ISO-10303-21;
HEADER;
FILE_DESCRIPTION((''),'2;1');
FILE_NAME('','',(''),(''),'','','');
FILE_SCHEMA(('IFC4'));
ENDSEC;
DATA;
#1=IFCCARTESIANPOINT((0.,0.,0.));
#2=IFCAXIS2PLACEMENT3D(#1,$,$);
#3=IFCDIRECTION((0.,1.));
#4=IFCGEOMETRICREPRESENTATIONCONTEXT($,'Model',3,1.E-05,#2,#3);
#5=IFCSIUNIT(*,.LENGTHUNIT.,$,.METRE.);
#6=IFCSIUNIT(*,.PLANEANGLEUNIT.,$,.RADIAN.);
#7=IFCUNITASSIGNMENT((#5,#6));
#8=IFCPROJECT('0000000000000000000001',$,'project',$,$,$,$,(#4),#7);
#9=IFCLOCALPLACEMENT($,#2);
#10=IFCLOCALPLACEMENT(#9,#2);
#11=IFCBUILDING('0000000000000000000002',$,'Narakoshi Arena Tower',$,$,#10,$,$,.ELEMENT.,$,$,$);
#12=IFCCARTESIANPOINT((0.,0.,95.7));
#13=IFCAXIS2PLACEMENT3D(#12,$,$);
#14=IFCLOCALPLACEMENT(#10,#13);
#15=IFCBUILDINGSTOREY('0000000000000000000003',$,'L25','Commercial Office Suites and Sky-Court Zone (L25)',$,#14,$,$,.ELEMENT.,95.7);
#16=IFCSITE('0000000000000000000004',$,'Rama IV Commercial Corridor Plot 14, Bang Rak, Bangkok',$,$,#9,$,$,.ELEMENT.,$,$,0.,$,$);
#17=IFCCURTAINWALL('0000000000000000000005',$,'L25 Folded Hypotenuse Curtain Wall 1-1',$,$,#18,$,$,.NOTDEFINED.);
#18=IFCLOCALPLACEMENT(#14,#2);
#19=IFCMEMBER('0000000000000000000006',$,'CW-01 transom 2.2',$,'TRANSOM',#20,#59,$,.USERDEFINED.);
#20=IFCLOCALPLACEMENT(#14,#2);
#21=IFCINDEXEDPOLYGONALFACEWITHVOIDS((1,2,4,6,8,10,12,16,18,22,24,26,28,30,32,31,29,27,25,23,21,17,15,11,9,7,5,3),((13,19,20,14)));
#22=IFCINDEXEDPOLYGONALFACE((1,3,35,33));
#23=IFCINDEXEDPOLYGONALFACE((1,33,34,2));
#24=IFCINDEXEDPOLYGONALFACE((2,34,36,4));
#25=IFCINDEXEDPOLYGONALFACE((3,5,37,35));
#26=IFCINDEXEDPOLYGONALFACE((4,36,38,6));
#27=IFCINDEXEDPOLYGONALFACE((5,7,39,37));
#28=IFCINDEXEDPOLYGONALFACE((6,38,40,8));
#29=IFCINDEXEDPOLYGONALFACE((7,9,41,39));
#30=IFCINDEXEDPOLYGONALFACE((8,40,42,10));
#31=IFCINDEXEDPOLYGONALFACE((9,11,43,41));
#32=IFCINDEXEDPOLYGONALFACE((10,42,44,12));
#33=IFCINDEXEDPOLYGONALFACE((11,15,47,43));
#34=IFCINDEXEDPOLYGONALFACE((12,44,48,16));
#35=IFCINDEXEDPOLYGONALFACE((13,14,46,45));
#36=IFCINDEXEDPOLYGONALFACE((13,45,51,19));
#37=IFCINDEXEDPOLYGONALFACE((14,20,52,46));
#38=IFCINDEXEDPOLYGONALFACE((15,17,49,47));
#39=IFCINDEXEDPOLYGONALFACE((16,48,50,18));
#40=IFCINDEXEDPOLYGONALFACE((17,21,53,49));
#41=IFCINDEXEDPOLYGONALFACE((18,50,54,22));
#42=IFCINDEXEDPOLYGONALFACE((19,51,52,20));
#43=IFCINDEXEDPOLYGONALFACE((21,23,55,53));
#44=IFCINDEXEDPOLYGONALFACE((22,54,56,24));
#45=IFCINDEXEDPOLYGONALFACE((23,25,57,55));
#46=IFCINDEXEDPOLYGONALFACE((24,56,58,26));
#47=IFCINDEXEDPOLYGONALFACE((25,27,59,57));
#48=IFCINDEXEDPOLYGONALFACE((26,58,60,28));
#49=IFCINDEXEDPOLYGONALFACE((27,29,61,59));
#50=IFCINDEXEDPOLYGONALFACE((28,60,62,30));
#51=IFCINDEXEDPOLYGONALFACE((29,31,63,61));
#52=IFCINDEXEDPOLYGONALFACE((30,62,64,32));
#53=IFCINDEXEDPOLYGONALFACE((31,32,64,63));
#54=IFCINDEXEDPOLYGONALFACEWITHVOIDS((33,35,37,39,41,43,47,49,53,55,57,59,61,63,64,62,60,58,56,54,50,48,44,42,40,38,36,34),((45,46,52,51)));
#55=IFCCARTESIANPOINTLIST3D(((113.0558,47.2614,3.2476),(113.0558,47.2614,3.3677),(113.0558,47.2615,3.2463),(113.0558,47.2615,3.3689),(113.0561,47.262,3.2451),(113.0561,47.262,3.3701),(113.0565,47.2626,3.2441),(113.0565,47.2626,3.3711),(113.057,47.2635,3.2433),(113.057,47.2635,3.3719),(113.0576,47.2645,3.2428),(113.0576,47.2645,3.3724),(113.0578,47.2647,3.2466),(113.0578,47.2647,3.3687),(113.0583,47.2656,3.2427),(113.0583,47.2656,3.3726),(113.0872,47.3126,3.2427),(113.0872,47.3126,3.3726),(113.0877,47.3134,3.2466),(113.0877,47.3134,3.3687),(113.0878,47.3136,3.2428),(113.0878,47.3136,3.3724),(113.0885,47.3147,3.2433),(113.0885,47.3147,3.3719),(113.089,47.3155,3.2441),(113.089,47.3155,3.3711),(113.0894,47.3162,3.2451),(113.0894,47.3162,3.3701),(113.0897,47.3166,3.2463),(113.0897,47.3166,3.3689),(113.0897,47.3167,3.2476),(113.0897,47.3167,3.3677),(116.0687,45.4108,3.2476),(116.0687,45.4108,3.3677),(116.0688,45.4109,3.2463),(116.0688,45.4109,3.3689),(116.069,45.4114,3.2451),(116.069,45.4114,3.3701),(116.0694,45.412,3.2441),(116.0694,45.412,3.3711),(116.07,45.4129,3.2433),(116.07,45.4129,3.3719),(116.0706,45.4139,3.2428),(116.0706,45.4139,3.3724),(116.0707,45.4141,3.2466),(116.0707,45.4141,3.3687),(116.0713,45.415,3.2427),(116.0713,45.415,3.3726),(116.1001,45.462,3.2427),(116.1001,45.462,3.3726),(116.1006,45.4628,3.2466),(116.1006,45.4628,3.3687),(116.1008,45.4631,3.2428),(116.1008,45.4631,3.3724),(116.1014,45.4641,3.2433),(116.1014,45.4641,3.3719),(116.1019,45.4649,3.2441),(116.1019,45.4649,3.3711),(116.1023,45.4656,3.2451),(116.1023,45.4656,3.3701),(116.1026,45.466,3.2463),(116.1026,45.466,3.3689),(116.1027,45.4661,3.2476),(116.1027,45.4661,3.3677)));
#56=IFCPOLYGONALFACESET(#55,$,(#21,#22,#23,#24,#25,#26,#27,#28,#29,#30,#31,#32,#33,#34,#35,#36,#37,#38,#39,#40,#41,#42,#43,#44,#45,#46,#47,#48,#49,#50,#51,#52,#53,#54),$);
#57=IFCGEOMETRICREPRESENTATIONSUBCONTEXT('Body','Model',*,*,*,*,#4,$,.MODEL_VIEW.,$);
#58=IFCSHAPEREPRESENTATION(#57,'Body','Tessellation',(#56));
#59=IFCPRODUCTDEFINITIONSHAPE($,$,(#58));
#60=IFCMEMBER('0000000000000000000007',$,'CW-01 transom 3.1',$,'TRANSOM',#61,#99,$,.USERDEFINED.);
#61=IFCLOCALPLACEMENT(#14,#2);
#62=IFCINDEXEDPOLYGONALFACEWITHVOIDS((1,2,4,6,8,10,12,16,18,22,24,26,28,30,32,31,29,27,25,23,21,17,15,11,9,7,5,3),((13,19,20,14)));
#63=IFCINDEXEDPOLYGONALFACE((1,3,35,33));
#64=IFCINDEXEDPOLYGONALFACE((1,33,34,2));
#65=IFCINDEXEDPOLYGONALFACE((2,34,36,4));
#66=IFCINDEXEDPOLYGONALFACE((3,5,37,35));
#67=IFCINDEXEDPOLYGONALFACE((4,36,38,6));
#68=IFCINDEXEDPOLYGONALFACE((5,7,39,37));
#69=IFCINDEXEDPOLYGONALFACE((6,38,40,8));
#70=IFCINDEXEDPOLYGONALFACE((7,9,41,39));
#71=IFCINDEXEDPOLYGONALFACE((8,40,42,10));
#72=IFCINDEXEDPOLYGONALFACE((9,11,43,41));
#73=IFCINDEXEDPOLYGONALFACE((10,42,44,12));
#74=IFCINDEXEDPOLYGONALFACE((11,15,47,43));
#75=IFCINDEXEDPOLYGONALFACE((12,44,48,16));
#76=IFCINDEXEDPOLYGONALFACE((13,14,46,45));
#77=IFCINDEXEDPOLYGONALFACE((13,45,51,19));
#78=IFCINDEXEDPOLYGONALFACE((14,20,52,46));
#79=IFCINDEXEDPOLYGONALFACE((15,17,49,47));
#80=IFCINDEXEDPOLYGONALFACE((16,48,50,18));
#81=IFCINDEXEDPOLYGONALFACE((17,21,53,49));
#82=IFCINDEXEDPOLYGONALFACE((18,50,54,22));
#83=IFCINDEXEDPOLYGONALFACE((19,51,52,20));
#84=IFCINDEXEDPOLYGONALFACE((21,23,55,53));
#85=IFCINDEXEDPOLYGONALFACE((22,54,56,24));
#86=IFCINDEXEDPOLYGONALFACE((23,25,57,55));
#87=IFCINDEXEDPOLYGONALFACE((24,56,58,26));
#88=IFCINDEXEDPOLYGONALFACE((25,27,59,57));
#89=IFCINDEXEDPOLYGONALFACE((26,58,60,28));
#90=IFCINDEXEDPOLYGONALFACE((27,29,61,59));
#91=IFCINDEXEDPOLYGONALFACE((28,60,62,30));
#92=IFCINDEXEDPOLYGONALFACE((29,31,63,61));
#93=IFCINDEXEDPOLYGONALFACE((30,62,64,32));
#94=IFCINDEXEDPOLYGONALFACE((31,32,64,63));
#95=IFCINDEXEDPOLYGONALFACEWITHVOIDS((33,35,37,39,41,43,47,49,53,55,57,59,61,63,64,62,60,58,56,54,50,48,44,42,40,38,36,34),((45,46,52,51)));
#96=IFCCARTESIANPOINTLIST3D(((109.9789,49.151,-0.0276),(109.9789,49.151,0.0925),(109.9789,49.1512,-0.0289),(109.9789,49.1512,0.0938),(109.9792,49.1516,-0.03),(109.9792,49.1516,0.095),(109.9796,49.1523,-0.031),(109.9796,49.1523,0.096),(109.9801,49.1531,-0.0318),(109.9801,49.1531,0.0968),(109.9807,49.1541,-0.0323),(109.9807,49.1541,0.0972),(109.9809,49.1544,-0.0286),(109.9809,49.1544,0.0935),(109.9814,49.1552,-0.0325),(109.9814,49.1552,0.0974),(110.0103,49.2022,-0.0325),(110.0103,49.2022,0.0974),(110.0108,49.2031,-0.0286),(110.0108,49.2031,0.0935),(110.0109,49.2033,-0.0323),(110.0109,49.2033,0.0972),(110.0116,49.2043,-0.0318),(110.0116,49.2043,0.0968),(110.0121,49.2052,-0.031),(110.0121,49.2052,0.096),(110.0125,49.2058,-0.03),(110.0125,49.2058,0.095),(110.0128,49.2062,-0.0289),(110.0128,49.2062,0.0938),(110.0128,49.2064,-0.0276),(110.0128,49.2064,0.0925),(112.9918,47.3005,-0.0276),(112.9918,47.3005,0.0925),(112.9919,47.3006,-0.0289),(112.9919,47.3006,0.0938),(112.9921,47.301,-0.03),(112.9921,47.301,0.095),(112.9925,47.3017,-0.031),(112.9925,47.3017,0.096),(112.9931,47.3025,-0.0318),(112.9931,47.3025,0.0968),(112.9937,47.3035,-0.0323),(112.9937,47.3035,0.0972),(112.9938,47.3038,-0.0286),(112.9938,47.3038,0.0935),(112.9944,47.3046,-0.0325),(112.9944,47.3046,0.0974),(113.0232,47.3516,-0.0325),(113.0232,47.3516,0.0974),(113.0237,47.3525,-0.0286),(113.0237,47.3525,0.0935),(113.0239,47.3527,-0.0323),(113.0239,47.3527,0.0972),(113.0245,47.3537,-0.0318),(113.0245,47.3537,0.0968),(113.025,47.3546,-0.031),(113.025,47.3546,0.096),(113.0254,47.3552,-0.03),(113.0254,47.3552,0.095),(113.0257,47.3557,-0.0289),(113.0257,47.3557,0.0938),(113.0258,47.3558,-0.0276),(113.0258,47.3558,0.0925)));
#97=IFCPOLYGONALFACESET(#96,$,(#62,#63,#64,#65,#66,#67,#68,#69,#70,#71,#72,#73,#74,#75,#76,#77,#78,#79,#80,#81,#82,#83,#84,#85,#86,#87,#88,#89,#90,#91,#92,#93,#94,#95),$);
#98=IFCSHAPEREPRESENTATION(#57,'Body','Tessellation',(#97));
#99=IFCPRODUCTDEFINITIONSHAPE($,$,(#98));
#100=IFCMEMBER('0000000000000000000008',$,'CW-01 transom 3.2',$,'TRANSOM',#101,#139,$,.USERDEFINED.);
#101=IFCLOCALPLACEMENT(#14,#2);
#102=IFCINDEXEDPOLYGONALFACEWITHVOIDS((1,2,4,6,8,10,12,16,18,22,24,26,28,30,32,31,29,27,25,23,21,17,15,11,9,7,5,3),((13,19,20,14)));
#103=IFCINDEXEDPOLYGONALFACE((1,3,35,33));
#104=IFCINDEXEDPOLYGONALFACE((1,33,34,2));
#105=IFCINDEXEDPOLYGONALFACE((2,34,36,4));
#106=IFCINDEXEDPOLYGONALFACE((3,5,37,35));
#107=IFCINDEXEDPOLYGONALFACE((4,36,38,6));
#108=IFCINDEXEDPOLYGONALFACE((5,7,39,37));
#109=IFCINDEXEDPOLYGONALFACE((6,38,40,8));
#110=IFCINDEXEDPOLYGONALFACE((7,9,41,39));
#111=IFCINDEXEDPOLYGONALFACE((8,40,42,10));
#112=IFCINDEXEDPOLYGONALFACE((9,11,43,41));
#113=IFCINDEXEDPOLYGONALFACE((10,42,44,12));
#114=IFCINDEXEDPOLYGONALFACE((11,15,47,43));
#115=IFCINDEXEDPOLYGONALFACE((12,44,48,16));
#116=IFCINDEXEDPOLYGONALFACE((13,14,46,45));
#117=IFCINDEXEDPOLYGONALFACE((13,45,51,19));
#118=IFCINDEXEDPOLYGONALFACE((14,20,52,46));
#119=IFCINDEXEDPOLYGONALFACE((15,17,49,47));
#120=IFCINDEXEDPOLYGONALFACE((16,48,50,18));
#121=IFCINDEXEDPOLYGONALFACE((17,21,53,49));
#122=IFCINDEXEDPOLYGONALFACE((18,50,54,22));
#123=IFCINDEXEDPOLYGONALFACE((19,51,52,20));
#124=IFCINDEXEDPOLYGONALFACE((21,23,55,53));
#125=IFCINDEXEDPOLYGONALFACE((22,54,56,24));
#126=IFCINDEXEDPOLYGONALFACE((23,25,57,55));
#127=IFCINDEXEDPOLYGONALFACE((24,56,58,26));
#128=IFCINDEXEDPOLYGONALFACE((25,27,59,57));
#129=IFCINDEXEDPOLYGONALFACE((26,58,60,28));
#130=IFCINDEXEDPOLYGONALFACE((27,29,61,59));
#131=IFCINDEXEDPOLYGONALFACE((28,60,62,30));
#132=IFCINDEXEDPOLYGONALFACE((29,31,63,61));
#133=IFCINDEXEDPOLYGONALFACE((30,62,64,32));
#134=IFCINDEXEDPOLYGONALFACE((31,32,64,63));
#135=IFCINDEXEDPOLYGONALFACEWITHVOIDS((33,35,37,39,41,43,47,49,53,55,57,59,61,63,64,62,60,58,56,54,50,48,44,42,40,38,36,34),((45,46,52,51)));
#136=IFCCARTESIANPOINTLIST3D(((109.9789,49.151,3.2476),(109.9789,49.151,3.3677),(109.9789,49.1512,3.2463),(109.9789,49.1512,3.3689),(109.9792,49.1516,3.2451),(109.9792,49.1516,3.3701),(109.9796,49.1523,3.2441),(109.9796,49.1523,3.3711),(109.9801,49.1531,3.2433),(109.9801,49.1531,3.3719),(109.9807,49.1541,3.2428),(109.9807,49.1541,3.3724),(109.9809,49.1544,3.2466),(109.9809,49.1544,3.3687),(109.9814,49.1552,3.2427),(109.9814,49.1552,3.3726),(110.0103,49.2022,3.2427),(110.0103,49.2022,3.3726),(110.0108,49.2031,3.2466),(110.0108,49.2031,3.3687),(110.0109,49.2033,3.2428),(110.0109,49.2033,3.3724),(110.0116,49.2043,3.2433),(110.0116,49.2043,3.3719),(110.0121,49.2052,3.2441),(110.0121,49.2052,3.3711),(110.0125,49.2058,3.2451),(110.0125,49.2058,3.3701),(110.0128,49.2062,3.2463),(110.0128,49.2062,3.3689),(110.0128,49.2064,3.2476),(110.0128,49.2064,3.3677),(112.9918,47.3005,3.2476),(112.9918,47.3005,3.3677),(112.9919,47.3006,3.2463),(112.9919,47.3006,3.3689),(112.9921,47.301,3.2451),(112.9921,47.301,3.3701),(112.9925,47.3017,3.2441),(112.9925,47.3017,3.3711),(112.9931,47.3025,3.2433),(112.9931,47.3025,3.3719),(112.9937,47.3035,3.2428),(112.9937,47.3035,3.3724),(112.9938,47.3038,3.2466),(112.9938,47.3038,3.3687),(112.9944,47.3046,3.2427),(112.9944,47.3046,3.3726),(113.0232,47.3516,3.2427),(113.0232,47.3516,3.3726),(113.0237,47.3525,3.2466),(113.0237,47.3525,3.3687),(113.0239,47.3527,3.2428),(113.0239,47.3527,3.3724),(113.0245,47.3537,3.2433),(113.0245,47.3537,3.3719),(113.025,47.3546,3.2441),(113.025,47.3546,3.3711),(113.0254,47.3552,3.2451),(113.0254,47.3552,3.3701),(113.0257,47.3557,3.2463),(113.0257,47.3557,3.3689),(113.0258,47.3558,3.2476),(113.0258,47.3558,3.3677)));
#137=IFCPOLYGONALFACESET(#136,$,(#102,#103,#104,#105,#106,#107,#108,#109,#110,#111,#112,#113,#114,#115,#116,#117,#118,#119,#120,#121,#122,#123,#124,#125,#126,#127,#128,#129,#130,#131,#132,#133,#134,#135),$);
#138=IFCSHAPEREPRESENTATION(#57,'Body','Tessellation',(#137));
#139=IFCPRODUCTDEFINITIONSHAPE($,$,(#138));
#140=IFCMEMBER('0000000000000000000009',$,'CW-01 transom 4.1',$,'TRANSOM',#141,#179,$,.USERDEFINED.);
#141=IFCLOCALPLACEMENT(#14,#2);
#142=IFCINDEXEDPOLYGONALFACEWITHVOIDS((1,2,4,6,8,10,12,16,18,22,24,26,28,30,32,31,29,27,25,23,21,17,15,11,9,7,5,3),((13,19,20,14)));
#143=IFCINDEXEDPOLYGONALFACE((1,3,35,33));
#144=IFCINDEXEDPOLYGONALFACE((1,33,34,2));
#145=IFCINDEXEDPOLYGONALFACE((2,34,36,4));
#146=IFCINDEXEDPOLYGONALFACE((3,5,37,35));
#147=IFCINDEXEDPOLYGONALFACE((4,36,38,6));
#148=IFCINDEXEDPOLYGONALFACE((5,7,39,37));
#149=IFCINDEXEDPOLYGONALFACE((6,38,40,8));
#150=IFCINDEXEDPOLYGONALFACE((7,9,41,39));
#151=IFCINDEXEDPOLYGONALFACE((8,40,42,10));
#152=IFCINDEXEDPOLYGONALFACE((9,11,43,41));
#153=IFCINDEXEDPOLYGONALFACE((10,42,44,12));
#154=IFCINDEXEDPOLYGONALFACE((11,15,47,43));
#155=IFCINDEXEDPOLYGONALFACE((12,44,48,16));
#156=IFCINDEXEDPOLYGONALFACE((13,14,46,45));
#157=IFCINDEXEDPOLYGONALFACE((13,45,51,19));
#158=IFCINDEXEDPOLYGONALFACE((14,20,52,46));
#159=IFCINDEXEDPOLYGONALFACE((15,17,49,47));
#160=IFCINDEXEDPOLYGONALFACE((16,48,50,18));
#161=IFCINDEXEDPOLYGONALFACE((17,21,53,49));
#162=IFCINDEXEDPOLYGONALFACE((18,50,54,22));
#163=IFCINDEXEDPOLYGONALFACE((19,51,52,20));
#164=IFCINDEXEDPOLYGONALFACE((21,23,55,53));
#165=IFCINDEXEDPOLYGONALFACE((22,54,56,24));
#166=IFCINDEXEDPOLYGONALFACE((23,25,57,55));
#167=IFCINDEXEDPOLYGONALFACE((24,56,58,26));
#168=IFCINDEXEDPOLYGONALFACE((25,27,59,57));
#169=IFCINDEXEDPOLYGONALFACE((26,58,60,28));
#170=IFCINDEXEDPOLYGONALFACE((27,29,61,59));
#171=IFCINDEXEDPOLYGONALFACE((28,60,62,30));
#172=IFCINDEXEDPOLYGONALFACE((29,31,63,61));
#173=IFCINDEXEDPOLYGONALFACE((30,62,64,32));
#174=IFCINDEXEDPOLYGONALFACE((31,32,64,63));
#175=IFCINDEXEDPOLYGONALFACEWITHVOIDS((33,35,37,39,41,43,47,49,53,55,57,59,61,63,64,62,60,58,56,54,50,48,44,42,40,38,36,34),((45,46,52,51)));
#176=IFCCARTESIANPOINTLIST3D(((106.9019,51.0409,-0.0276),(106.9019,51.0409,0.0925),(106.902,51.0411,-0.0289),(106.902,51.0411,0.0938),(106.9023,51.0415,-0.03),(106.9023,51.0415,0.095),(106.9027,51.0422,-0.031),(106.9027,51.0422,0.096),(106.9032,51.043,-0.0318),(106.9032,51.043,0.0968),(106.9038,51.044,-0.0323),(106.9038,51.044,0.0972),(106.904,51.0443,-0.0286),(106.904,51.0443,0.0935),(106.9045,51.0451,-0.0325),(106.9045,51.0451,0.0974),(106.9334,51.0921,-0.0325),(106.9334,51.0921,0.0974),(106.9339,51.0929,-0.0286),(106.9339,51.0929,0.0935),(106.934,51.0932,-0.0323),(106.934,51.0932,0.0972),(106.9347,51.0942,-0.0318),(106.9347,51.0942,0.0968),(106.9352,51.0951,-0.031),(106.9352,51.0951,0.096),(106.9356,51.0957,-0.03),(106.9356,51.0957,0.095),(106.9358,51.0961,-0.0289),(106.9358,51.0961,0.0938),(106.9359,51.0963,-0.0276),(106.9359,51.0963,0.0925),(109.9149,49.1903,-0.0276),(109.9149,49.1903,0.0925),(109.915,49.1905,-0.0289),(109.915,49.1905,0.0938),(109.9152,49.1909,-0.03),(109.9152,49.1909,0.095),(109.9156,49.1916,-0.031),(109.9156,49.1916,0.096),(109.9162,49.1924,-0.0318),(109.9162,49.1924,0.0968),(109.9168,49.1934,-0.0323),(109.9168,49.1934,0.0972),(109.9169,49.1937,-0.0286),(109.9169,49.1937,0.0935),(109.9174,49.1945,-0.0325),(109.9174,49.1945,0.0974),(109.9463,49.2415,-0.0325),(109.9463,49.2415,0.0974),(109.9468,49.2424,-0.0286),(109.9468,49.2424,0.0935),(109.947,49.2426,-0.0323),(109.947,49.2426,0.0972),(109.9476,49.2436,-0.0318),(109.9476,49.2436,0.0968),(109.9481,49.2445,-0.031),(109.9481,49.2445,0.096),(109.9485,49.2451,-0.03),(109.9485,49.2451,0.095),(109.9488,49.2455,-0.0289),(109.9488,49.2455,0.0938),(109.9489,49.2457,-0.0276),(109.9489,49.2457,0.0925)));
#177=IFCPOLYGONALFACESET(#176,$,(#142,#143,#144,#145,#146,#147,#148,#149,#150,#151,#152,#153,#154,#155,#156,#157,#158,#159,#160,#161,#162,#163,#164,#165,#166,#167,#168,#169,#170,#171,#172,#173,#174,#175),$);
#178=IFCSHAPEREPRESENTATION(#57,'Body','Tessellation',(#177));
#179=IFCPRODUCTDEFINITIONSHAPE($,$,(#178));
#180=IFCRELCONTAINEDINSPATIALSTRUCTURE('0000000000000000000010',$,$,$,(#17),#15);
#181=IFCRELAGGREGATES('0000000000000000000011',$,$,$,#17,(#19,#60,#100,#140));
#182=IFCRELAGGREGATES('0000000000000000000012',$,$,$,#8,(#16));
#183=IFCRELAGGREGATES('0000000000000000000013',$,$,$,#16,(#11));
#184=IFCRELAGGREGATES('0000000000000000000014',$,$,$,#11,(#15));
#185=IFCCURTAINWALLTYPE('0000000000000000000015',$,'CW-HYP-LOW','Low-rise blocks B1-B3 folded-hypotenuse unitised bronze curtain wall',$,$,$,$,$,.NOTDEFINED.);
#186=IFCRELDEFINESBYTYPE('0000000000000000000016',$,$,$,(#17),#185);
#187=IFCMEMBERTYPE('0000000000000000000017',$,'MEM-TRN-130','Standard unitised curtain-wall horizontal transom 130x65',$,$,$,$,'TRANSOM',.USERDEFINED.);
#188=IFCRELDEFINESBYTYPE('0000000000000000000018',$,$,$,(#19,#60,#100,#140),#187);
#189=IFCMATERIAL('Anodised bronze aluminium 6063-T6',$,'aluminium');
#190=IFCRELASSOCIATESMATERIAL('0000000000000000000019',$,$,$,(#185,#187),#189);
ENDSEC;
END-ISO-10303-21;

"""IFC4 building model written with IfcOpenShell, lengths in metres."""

from ifc_helpers import new_model, si_unit, direction, frame, origin, origin_2d, place, context, subcontext, project, spatial, hollow_rectangle, extrude, material, material_profile, profile_set, type_object, element, aggregate, save


model = new_model("IFC4")

# Units and contexts
model_context = context("Model", 3, precision=1e-05, world=origin(), true_north=direction((0.0, 1.0)))
body_context = subcontext(model_context, "Body", "Model", "MODEL_VIEW")
ifc_project = project(units=[si_unit("LENGTHUNIT", "METRE"), si_unit("PLANEANGLEUNIT", "RADIAN")], contexts=[model_context])

# Site, building, storey
site_placement = place(None, origin())
site = spatial("IfcSite", under=ifc_project, at=site_placement, Name="Rama IV Commercial Corridor Plot 14, Bang Rak, Bangkok", CompositionType="ELEMENT", RefElevation=0.0)
building_placement = place(site_placement, origin())
building = spatial("IfcBuilding", under=site, at=building_placement, Name="Narakoshi Arena Tower", CompositionType="ELEMENT")
storey_placement = place(building_placement, frame((0.0, 0.0, 95.7)))
storey = spatial("IfcBuildingStorey", under=building, at=storey_placement, Name="L25", Description="Commercial Office Suites and Sky-Court Zone (L25)", CompositionType="ELEMENT", Elevation=95.7)

# Curtain wall, members
ifc_material_1 = material(Name="Anodised bronze aluminium 6063-T6", Category="aluminium")
curtain_wall_type = type_object("IfcCurtainWallType", Name="CW-HYP-LOW", Description="Low-rise blocks B1-B3 folded-hypotenuse unitised bronze curtain wall", PredefinedType="NOTDEFINED", material=ifc_material_1)
curtain_wall_placement = place(storey_placement, origin())
curtain_wall = element("IfcCurtainWall", 1, at=curtain_wall_placement, inside=storey, type_object=curtain_wall_type, Name="L25 Folded Hypotenuse Curtain Wall 1-1", PredefinedType="NOTDEFINED")
ifc_material_profile_1 = material_profile(ifc_material_1, hollow_rectangle(XDim=0.0649, YDim=0.1299, WallThickness=0.0039, OuterFilletRadius=0.0049, at=origin_2d()), Name="TRN130x65x4")
ifc_profile_set_1 = profile_set([ifc_material_profile_1], Name="Anodised bronze aluminium 6063-T6")
member_type_1 = type_object("IfcMemberType", Name="MEM-TRN-130", Description="Standard unitised curtain-wall horizontal transom 130x65", ElementType="TRANSOM", PredefinedType="USERDEFINED", material=ifc_profile_set_1)
member_1_placement = place(storey_placement, frame((116.0857, 45.4385, 3.3076), z_axis=(-0.852104, 0.523373, 0.0), x_axis=(-0.523373, -0.852104, 0.0)))
member_1 = element("IfcMember", 2, at=member_1_placement, type_object=member_type_1, Name="CW-01 transom 2.2", ObjectType="TRANSOM", PredefinedType="USERDEFINED", context=body_context, shape_type="SweptSolid", body=[
    extrude(hollow_rectangle(XDim=0.0649, YDim=0.1299, WallThickness=0.0039, OuterFilletRadius=0.0049, at=origin_2d()), origin(), (0.0, 0.0, 1.0), 3.5359),
])
member_2_placement = place(storey_placement, frame((113.0088, 47.3281, 0.0325), z_axis=(-0.852104, 0.523373, 0.0), x_axis=(-0.523373, -0.852104, 0.0)))
member_2 = element("IfcMember", 3, at=member_2_placement, type_object=member_type_1, Name="CW-01 transom 3.1", ObjectType="TRANSOM", PredefinedType="USERDEFINED", context=body_context, shape_type="SweptSolid", body=[
    extrude(hollow_rectangle(XDim=0.0649, YDim=0.1299, WallThickness=0.0039, OuterFilletRadius=0.0049, at=origin_2d()), origin(), (0.0, 0.0, 1.0), 3.5359),
])
member_3_placement = place(storey_placement, frame((113.0088, 47.3281, 3.3076), z_axis=(-0.852104, 0.523373, 0.0), x_axis=(-0.523373, -0.852104, 0.0)))
member_3 = element("IfcMember", 4, at=member_3_placement, type_object=member_type_1, Name="CW-01 transom 3.2", ObjectType="TRANSOM", PredefinedType="USERDEFINED", context=body_context, shape_type="SweptSolid", body=[
    extrude(hollow_rectangle(XDim=0.0649, YDim=0.1299, WallThickness=0.0039, OuterFilletRadius=0.0049, at=origin_2d()), origin(), (0.0, 0.0, 1.0), 3.5359),
])
member_4_placement = place(storey_placement, frame((109.9319, 49.218, 0.0325), z_axis=(-0.852104, 0.523373, 0.0), x_axis=(-0.523373, -0.852104, 0.0)))
member_4 = element("IfcMember", 5, at=member_4_placement, type_object=member_type_1, Name="CW-01 transom 4.1", ObjectType="TRANSOM", PredefinedType="USERDEFINED", context=body_context, shape_type="SweptSolid", body=[
    extrude(hollow_rectangle(XDim=0.0649, YDim=0.1299, WallThickness=0.0039, OuterFilletRadius=0.0049, at=origin_2d()), origin(), (0.0, 0.0, 1.0), 3.5359),
])
aggregate(curtain_wall, [member_1, member_2, member_3, member_4])

save(model, "model.ifc")
